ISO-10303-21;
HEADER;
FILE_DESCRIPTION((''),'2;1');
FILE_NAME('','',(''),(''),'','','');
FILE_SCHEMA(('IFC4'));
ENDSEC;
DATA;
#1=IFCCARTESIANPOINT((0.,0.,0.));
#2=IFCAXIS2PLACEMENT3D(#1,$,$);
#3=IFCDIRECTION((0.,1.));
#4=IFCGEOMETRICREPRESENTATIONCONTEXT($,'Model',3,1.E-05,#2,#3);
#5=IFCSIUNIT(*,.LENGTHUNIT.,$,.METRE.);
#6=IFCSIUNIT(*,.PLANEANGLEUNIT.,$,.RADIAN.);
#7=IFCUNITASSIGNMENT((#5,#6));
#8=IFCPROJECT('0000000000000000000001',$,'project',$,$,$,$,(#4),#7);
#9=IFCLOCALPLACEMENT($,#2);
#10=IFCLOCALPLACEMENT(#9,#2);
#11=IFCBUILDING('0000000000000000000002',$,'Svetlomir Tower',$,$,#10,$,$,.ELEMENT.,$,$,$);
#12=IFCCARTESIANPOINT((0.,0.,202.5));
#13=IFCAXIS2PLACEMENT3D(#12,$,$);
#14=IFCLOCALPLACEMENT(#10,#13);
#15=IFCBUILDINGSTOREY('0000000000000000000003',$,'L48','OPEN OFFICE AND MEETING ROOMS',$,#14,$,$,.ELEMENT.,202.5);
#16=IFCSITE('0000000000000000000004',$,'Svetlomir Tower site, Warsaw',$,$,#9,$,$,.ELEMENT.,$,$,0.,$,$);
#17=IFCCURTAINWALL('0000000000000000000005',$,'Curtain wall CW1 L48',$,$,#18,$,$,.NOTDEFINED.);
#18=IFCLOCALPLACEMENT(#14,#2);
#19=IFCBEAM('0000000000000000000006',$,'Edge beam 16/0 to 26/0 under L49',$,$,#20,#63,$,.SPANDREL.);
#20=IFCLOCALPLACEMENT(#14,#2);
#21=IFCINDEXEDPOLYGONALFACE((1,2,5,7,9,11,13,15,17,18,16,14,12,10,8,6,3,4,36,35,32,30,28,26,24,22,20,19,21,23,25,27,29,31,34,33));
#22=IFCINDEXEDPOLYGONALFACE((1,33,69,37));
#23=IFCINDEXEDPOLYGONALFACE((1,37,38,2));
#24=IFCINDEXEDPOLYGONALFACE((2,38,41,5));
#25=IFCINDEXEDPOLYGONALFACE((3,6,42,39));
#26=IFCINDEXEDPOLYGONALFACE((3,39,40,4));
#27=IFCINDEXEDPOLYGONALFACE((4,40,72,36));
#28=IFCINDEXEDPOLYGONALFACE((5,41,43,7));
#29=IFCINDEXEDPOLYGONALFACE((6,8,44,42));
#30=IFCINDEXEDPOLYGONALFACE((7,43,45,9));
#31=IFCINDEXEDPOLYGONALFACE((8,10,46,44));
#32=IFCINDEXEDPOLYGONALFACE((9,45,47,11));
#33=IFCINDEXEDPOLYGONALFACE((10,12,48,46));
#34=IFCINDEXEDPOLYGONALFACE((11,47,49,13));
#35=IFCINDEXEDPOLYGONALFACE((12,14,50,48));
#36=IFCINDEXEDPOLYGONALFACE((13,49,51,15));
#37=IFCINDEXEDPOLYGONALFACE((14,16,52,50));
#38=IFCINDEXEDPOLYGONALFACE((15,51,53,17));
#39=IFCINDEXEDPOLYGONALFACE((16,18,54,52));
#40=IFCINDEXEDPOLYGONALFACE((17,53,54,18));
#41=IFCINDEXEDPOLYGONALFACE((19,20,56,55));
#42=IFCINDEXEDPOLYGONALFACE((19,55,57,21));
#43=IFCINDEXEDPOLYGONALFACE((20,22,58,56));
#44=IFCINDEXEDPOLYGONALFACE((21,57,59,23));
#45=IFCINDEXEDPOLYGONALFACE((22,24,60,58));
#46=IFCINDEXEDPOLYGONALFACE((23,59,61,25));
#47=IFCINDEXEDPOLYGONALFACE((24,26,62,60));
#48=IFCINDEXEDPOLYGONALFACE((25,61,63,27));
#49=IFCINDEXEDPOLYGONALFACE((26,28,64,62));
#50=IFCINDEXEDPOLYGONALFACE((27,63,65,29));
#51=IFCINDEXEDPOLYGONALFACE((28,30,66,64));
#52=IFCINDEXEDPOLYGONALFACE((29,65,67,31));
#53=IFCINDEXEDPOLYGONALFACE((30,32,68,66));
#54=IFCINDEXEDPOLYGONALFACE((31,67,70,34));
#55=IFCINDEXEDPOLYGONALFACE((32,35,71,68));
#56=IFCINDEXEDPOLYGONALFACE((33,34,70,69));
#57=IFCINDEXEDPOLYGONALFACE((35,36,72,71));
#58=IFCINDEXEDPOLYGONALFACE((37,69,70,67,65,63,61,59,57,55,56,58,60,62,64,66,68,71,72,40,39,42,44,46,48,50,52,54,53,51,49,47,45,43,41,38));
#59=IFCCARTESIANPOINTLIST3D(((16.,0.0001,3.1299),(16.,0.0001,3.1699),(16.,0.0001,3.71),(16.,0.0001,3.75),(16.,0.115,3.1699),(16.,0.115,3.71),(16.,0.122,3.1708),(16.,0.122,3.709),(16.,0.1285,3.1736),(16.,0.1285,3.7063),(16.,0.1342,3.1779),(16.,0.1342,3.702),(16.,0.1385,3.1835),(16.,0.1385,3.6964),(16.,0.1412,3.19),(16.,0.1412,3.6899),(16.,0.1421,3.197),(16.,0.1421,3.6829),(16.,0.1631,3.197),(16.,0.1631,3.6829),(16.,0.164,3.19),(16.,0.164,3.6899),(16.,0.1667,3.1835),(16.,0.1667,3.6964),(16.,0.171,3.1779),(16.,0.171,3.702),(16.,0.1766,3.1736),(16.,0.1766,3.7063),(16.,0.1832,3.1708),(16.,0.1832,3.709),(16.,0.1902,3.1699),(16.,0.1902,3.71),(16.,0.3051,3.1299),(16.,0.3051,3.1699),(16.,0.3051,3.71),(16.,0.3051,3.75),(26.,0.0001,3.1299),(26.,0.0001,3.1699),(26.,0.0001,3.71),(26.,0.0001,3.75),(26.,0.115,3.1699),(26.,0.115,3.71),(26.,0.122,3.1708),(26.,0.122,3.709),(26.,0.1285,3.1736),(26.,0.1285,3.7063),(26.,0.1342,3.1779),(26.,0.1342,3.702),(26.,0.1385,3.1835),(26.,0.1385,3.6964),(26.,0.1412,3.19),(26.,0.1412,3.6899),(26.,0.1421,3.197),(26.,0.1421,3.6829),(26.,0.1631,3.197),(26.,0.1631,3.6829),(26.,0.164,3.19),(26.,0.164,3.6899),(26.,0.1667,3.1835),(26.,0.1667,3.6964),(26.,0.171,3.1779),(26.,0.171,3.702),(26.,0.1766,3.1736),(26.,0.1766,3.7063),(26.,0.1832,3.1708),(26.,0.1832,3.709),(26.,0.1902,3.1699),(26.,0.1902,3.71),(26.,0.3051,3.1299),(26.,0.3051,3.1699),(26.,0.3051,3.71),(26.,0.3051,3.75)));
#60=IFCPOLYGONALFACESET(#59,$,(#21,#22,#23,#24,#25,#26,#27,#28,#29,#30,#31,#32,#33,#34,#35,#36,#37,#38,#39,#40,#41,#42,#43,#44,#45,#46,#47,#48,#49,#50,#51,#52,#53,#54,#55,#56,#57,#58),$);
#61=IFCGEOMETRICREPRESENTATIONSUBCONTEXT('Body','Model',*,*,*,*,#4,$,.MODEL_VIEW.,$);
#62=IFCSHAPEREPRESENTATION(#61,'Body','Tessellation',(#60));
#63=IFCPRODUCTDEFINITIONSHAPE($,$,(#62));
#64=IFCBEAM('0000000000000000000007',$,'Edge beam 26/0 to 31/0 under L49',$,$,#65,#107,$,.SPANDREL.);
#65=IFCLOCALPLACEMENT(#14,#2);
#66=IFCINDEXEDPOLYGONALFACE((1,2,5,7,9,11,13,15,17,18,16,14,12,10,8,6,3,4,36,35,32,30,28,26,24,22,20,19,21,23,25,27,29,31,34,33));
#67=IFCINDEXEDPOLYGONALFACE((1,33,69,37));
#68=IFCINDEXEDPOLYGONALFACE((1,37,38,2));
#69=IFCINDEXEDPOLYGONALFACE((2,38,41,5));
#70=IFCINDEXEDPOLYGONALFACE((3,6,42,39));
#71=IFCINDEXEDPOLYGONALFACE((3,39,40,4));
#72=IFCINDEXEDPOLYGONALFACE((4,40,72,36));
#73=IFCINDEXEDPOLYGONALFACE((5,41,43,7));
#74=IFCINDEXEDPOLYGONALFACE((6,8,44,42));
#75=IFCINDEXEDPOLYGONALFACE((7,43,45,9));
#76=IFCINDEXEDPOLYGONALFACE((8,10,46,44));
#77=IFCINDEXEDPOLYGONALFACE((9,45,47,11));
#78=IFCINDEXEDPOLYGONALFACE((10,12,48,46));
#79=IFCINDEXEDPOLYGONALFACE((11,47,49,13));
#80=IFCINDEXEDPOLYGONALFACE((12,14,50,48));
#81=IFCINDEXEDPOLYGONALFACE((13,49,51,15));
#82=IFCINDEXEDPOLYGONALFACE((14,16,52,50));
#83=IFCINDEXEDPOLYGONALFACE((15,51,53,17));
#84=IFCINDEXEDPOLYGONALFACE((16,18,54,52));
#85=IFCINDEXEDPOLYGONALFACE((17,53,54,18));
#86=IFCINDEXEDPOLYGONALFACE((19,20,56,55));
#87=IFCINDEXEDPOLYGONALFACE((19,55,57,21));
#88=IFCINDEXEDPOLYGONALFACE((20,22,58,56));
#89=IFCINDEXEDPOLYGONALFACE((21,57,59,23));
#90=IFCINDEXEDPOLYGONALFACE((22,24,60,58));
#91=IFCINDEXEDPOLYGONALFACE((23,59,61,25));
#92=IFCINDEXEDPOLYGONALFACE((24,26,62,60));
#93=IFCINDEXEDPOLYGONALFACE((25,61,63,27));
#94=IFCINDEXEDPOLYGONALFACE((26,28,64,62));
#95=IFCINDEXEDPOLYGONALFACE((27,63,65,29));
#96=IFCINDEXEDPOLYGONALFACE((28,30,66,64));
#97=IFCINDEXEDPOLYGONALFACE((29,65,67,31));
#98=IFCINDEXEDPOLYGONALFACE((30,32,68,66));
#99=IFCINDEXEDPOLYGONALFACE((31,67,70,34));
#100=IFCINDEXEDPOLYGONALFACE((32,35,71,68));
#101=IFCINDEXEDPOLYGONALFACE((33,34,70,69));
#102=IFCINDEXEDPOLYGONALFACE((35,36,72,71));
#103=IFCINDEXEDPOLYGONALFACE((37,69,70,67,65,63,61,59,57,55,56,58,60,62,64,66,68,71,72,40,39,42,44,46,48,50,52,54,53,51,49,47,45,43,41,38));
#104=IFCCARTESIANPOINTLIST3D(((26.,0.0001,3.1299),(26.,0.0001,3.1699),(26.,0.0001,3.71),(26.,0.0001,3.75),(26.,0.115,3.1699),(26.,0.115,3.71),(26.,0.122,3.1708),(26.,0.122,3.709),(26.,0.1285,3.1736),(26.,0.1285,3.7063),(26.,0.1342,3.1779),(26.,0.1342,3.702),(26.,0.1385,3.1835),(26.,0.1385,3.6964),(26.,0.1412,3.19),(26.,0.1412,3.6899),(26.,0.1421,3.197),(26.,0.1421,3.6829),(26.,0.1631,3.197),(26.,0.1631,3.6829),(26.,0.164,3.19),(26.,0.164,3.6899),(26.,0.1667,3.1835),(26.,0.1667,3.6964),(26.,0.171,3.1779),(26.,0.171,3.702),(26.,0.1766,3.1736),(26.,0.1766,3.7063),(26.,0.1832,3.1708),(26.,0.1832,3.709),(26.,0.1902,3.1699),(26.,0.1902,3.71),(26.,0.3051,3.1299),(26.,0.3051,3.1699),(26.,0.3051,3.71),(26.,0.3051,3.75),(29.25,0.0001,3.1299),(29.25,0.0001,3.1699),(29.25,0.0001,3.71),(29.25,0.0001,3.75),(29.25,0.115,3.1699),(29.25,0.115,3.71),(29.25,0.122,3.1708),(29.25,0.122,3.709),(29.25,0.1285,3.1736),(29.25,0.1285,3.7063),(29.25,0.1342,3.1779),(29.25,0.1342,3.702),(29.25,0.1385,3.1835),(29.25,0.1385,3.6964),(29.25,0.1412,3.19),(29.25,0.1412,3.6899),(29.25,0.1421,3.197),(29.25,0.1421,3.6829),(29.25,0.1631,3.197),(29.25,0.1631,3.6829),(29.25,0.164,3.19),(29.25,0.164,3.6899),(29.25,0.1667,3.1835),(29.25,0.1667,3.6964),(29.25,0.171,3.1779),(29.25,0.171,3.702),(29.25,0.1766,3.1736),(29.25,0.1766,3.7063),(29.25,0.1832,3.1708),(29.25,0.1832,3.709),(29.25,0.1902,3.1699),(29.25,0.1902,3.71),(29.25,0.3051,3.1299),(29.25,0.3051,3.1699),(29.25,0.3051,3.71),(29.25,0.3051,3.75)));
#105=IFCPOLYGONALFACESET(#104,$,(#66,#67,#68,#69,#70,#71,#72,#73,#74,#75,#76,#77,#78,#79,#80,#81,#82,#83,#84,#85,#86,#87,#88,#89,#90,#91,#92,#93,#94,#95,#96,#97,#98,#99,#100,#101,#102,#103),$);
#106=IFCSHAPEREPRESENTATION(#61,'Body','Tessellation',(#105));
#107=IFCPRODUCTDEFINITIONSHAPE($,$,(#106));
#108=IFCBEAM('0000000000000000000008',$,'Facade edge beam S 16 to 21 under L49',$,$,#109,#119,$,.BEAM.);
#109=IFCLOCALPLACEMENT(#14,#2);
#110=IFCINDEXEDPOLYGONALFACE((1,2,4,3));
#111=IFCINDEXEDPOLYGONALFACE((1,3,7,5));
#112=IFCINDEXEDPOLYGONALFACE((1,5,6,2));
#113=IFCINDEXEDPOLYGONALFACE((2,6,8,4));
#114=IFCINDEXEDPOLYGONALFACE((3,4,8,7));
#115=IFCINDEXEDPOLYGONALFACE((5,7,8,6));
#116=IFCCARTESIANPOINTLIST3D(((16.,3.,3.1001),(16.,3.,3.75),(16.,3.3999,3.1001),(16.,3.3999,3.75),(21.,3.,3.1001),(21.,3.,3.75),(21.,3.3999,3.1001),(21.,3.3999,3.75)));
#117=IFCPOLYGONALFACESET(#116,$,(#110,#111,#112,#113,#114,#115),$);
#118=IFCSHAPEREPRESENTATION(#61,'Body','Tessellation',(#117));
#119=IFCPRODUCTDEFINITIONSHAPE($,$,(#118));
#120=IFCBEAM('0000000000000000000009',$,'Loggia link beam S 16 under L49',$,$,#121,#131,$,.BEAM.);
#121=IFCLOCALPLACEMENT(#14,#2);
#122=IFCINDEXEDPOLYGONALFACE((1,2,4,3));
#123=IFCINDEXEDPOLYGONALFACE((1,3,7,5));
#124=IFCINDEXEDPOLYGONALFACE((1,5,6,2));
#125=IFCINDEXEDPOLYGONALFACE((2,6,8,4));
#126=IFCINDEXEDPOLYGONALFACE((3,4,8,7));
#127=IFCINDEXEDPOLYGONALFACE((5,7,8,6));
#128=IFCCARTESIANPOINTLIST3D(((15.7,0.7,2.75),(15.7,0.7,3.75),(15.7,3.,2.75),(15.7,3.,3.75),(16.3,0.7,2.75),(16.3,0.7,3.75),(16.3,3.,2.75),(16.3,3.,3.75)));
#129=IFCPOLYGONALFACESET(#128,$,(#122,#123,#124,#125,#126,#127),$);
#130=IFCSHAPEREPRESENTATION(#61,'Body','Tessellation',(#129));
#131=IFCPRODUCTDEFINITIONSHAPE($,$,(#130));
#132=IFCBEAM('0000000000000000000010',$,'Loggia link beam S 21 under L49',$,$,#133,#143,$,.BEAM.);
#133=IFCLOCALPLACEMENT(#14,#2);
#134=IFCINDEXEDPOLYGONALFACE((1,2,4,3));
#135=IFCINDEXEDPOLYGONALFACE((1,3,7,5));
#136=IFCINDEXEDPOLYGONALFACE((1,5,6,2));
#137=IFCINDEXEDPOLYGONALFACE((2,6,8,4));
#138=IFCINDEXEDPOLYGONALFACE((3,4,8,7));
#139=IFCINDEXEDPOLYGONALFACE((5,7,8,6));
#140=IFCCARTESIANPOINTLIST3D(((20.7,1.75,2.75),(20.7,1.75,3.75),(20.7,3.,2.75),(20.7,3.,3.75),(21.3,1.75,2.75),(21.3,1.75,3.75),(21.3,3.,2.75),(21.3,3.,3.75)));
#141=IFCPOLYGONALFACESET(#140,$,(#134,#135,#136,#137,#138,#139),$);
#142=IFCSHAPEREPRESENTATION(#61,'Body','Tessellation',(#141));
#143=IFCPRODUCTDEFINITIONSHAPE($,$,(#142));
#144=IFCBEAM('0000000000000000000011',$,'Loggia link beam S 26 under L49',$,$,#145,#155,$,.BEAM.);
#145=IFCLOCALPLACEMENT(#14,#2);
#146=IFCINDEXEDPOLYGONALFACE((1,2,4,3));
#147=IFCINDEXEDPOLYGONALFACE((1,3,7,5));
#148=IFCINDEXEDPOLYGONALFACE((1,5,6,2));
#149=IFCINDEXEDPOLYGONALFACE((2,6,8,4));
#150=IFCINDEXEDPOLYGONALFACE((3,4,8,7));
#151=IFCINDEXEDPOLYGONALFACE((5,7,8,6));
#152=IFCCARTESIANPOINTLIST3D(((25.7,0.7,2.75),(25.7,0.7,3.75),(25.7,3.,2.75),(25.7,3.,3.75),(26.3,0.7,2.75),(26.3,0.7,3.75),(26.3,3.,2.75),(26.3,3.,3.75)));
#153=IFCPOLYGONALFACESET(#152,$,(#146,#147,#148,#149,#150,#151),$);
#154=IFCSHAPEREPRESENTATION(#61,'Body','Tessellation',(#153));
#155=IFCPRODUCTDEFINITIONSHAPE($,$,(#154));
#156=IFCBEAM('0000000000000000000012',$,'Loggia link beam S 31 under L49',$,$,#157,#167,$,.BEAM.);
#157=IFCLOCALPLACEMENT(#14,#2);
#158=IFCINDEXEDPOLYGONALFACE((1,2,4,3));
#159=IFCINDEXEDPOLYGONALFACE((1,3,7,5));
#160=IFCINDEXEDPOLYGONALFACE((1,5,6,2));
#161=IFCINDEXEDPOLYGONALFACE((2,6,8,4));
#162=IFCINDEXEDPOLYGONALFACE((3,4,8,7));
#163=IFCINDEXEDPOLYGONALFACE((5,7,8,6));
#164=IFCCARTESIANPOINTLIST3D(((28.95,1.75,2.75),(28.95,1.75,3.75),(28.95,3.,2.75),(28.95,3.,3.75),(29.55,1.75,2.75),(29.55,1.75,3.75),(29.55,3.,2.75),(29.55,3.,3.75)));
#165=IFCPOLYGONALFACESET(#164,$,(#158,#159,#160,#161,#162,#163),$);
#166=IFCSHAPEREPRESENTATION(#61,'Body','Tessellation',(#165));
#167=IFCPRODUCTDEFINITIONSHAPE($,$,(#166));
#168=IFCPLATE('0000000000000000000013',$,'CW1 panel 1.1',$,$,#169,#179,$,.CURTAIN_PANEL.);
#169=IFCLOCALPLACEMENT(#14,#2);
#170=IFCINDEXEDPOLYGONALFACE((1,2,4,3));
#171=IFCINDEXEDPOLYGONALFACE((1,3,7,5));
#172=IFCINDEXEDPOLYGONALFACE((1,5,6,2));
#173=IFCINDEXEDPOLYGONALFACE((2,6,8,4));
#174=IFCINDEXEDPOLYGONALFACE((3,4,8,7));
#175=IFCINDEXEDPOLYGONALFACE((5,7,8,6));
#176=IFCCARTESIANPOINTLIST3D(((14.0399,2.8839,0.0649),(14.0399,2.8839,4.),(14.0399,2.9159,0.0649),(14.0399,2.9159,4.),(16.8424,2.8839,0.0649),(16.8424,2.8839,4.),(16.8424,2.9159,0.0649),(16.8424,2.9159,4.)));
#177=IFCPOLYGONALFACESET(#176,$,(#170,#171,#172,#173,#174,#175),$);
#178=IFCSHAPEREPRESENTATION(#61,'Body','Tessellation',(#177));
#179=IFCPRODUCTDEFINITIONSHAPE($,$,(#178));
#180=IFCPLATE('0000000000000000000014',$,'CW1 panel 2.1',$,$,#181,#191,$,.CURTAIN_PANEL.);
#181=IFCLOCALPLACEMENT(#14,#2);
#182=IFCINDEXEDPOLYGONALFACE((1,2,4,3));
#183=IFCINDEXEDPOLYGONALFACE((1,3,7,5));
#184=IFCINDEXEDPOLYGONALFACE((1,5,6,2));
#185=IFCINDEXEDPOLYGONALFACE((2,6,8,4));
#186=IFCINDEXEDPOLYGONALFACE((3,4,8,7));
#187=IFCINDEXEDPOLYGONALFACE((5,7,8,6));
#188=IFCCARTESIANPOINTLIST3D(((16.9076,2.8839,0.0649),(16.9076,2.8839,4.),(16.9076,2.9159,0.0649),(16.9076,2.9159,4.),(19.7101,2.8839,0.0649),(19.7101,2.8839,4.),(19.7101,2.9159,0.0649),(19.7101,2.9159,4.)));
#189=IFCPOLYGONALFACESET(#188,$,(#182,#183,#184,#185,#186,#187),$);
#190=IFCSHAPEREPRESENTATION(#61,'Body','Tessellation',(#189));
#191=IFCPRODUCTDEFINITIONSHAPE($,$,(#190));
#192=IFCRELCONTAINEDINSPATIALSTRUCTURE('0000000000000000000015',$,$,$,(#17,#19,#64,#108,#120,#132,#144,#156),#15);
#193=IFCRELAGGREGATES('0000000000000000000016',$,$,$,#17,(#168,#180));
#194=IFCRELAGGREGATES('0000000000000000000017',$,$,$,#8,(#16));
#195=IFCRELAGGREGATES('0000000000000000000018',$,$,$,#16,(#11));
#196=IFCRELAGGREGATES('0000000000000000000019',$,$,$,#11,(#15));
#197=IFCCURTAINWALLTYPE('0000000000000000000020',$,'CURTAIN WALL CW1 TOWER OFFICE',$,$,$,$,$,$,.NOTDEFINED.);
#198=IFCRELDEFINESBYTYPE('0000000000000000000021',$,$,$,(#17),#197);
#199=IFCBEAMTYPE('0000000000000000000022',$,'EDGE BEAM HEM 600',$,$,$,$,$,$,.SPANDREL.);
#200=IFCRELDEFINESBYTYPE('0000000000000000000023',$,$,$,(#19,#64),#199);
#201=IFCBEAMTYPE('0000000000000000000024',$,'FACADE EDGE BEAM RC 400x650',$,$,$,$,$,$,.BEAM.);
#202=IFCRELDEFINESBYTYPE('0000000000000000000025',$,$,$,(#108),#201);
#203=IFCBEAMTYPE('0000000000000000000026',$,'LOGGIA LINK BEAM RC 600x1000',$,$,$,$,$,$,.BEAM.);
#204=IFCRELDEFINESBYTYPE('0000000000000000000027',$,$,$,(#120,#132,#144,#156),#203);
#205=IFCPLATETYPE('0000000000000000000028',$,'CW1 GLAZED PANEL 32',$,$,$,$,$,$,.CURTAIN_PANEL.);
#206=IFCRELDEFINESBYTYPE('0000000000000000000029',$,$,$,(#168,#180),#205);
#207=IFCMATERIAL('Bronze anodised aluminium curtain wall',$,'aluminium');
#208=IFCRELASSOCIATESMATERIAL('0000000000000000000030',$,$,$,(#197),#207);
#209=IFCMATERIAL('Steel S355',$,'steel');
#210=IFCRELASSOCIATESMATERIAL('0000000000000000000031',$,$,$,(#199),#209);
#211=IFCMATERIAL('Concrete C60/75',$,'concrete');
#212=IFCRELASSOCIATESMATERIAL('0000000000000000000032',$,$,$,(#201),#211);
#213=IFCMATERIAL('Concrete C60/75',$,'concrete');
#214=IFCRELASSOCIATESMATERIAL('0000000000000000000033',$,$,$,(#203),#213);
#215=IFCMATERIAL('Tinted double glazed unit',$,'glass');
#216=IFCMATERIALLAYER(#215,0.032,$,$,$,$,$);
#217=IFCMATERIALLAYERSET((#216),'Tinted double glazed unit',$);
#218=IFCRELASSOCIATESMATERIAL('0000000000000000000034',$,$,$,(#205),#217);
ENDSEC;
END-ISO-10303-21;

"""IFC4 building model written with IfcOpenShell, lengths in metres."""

from ifc_helpers import new_model, si_unit, direction, frame, origin, origin_2d, place, context, subcontext, project, spatial, rectangle, i_section, extrude, material, layer, layer_set, material_profile, profile_set, type_object, element, aggregate, save


model = new_model("IFC4")

# Units and contexts
model_context = context("Model", 3, precision=1e-05, world=origin(), true_north=direction((0.0, 1.0)))
body_context = subcontext(model_context, "Body", "Model", "MODEL_VIEW")
ifc_project = project(units=[si_unit("LENGTHUNIT", "METRE"), si_unit("PLANEANGLEUNIT", "RADIAN")], contexts=[model_context])

# Site, building, storey
site_placement = place(None, origin())
site = spatial("IfcSite", under=ifc_project, at=site_placement, Name="Svetlomir Tower site, Warsaw", CompositionType="ELEMENT", RefElevation=0.0)
building_placement = place(site_placement, origin())
building = spatial("IfcBuilding", under=site, at=building_placement, Name="Svetlomir Tower", CompositionType="ELEMENT")
storey_placement = place(building_placement, frame((0.0, 0.0, 202.5)))
storey = spatial("IfcBuildingStorey", under=building, at=storey_placement, Name="L48", Description="OPEN OFFICE AND MEETING ROOMS", CompositionType="ELEMENT", Elevation=202.5)

# Curtain wall
ifc_material_1 = material(Name="Bronze anodised aluminium curtain wall", Category="aluminium")
curtain_wall_type = type_object("IfcCurtainWallType", Name="CURTAIN WALL CW1 TOWER OFFICE", PredefinedType="NOTDEFINED", material=ifc_material_1)
curtain_wall_1_placement = place(storey_placement, origin())
curtain_wall_1 = element("IfcCurtainWall", 1, at=curtain_wall_1_placement, inside=storey, type_object=curtain_wall_type, Name="Curtain wall CW1 L48", PredefinedType="NOTDEFINED")

# Beams
ifc_material_2 = material(Name="Steel S355", Category="steel")
ifc_material_profile_1 = material_profile(ifc_material_2, i_section(OverallWidth=0.3049, OverallDepth=0.6201, WebThickness=0.021, FlangeThickness=0.04, FilletRadius=0.0271, at=origin_2d()), Name="HEM 600")
ifc_profile_set_1 = profile_set([ifc_material_profile_1], Name="Steel S355")
beam_type_1 = type_object("IfcBeamType", Name="EDGE BEAM HEM 600", PredefinedType="SPANDREL", material=ifc_profile_set_1)
beam_1_placement = place(storey_placement, frame((16.0, 0.1526, 3.4399), z_axis=(1.0, 0.0, 0.0), x_axis=(0.0, 1.0, 0.0)))
element("IfcBeam", 2, at=beam_1_placement, inside=storey, type_object=beam_type_1, Name="Edge beam 16/0 to 26/0 under L49", PredefinedType="SPANDREL", context=body_context, shape_type="SweptSolid", body=[
    extrude(i_section(OverallWidth=0.3049, OverallDepth=0.6201, WebThickness=0.021, FlangeThickness=0.04, FilletRadius=0.0271, at=origin_2d()), origin(), (0.0, 0.0, 1.0), 10.0),
])
beam_2_placement = place(storey_placement, frame((26.0, 0.1526, 3.4399), z_axis=(1.0, 0.0, 0.0), x_axis=(0.0, 1.0, 0.0)))
element("IfcBeam", 3, at=beam_2_placement, inside=storey, type_object=beam_type_1, Name="Edge beam 26/0 to 31/0 under L49", PredefinedType="SPANDREL", context=body_context, shape_type="SweptSolid", body=[
    extrude(i_section(OverallWidth=0.3049, OverallDepth=0.6201, WebThickness=0.021, FlangeThickness=0.04, FilletRadius=0.0271, at=origin_2d()), origin(), (0.0, 0.0, 1.0), 3.25),
])
ifc_material_3 = material(Name="Concrete C60/75", Category="concrete")
ifc_material_profile_2 = material_profile(ifc_material_3, rectangle(XDim=0.3999, YDim=0.6499, at=origin_2d()), Name="RC 400x650")
ifc_profile_set_2 = profile_set([ifc_material_profile_2], Name="Concrete C60/75")
beam_type_2 = type_object("IfcBeamType", Name="FACADE EDGE BEAM RC 400x650", PredefinedType="BEAM", material=ifc_profile_set_2)
beam_3_placement = place(storey_placement, frame((16.0, 3.2, 3.425), z_axis=(1.0, 0.0, 0.0), x_axis=(0.0, 1.0, 0.0)))
element("IfcBeam", 4, at=beam_3_placement, inside=storey, type_object=beam_type_2, Name="Facade edge beam S 16 to 21 under L49", PredefinedType="BEAM", context=body_context, shape_type="SweptSolid", body=[
    extrude(rectangle(XDim=0.3999, YDim=0.6499, at=origin_2d()), origin(), (0.0, 0.0, 1.0), 5.0),
])
ifc_material_4 = material(Name="Concrete C60/75", Category="concrete")
ifc_material_profile_3 = material_profile(ifc_material_4, rectangle(XDim=0.6001, YDim=1.0, at=origin_2d()), Name="RC 600x1000")
ifc_profile_set_3 = profile_set([ifc_material_profile_3], Name="Concrete C60/75")
beam_type_3 = type_object("IfcBeamType", Name="LOGGIA LINK BEAM RC 600x1000", PredefinedType="BEAM", material=ifc_profile_set_3)
beam_4_placement = place(storey_placement, frame((16.0, 0.7, 3.25), z_axis=(0.0, 1.0, 0.0), x_axis=(-1.0, 0.0, 0.0)))
element("IfcBeam", 5, at=beam_4_placement, inside=storey, type_object=beam_type_3, Name="Loggia link beam S 16 under L49", PredefinedType="BEAM", context=body_context, shape_type="SweptSolid", body=[
    extrude(rectangle(XDim=0.6001, YDim=1.0, at=origin_2d()), origin(), (0.0, 0.0, 1.0), 2.3),
])
beam_5_placement = place(storey_placement, frame((21.0, 1.75, 3.25), z_axis=(0.0, 1.0, 0.0), x_axis=(-1.0, 0.0, 0.0)))
element("IfcBeam", 6, at=beam_5_placement, inside=storey, type_object=beam_type_3, Name="Loggia link beam S 21 under L49", PredefinedType="BEAM", context=body_context, shape_type="SweptSolid", body=[
    extrude(rectangle(XDim=0.6001, YDim=1.0, at=origin_2d()), origin(), (0.0, 0.0, 1.0), 1.25),
])
beam_6_placement = place(storey_placement, frame((26.0, 0.7, 3.25), z_axis=(0.0, 1.0, 0.0), x_axis=(-1.0, 0.0, 0.0)))
element("IfcBeam", 7, at=beam_6_placement, inside=storey, type_object=beam_type_3, Name="Loggia link beam S 26 under L49", PredefinedType="BEAM", context=body_context, shape_type="SweptSolid", body=[
    extrude(rectangle(XDim=0.6001, YDim=1.0, at=origin_2d()), origin(), (0.0, 0.0, 1.0), 2.3),
])
beam_7_placement = place(storey_placement, frame((29.25, 1.75, 3.25), z_axis=(0.0, 1.0, 0.0), x_axis=(-1.0, 0.0, 0.0)))
element("IfcBeam", 8, at=beam_7_placement, inside=storey, type_object=beam_type_3, Name="Loggia link beam S 31 under L49", PredefinedType="BEAM", context=body_context, shape_type="SweptSolid", body=[
    extrude(rectangle(XDim=0.6001, YDim=1.0, at=origin_2d()), origin(), (0.0, 0.0, 1.0), 1.25),
])

# Plates
ifc_material_5 = material(Name="Tinted double glazed unit", Category="glass")
ifc_layer_1 = layer(ifc_material_5, 0.032)
ifc_layer_set_1 = layer_set([ifc_layer_1], Name="Tinted double glazed unit")
plate_type = type_object("IfcPlateType", Name="CW1 GLAZED PANEL 32", PredefinedType="CURTAIN_PANEL", material=ifc_layer_set_1)
plate_1_placement = place(storey_placement, frame((15.4412, 2.8999, 0.0649), z_axis=(0.0, 0.0, 1.0), x_axis=(1.0, 0.0, 0.0)))
plate_1 = element("IfcPlate", 9, at=plate_1_placement, type_object=plate_type, Name="CW1 panel 1.1", PredefinedType="CURTAIN_PANEL", context=body_context, shape_type="SweptSolid", body=[
    extrude(rectangle(XDim=2.8025, YDim=0.032, at=origin_2d()), origin(), (0.0, 0.0, 1.0), 3.9351),
])
plate_2_placement = place(storey_placement, frame((18.3088, 2.8999, 0.0649), z_axis=(0.0, 0.0, 1.0), x_axis=(1.0, 0.0, 0.0)))
plate_2 = element("IfcPlate", 10, at=plate_2_placement, type_object=plate_type, Name="CW1 panel 2.1", PredefinedType="CURTAIN_PANEL", context=body_context, shape_type="SweptSolid", body=[
    extrude(rectangle(XDim=2.8025, YDim=0.032, at=origin_2d()), origin(), (0.0, 0.0, 1.0), 3.9351),
])
aggregate(curtain_wall_1, [plate_1, plate_2])

save(model, "model.ifc")
